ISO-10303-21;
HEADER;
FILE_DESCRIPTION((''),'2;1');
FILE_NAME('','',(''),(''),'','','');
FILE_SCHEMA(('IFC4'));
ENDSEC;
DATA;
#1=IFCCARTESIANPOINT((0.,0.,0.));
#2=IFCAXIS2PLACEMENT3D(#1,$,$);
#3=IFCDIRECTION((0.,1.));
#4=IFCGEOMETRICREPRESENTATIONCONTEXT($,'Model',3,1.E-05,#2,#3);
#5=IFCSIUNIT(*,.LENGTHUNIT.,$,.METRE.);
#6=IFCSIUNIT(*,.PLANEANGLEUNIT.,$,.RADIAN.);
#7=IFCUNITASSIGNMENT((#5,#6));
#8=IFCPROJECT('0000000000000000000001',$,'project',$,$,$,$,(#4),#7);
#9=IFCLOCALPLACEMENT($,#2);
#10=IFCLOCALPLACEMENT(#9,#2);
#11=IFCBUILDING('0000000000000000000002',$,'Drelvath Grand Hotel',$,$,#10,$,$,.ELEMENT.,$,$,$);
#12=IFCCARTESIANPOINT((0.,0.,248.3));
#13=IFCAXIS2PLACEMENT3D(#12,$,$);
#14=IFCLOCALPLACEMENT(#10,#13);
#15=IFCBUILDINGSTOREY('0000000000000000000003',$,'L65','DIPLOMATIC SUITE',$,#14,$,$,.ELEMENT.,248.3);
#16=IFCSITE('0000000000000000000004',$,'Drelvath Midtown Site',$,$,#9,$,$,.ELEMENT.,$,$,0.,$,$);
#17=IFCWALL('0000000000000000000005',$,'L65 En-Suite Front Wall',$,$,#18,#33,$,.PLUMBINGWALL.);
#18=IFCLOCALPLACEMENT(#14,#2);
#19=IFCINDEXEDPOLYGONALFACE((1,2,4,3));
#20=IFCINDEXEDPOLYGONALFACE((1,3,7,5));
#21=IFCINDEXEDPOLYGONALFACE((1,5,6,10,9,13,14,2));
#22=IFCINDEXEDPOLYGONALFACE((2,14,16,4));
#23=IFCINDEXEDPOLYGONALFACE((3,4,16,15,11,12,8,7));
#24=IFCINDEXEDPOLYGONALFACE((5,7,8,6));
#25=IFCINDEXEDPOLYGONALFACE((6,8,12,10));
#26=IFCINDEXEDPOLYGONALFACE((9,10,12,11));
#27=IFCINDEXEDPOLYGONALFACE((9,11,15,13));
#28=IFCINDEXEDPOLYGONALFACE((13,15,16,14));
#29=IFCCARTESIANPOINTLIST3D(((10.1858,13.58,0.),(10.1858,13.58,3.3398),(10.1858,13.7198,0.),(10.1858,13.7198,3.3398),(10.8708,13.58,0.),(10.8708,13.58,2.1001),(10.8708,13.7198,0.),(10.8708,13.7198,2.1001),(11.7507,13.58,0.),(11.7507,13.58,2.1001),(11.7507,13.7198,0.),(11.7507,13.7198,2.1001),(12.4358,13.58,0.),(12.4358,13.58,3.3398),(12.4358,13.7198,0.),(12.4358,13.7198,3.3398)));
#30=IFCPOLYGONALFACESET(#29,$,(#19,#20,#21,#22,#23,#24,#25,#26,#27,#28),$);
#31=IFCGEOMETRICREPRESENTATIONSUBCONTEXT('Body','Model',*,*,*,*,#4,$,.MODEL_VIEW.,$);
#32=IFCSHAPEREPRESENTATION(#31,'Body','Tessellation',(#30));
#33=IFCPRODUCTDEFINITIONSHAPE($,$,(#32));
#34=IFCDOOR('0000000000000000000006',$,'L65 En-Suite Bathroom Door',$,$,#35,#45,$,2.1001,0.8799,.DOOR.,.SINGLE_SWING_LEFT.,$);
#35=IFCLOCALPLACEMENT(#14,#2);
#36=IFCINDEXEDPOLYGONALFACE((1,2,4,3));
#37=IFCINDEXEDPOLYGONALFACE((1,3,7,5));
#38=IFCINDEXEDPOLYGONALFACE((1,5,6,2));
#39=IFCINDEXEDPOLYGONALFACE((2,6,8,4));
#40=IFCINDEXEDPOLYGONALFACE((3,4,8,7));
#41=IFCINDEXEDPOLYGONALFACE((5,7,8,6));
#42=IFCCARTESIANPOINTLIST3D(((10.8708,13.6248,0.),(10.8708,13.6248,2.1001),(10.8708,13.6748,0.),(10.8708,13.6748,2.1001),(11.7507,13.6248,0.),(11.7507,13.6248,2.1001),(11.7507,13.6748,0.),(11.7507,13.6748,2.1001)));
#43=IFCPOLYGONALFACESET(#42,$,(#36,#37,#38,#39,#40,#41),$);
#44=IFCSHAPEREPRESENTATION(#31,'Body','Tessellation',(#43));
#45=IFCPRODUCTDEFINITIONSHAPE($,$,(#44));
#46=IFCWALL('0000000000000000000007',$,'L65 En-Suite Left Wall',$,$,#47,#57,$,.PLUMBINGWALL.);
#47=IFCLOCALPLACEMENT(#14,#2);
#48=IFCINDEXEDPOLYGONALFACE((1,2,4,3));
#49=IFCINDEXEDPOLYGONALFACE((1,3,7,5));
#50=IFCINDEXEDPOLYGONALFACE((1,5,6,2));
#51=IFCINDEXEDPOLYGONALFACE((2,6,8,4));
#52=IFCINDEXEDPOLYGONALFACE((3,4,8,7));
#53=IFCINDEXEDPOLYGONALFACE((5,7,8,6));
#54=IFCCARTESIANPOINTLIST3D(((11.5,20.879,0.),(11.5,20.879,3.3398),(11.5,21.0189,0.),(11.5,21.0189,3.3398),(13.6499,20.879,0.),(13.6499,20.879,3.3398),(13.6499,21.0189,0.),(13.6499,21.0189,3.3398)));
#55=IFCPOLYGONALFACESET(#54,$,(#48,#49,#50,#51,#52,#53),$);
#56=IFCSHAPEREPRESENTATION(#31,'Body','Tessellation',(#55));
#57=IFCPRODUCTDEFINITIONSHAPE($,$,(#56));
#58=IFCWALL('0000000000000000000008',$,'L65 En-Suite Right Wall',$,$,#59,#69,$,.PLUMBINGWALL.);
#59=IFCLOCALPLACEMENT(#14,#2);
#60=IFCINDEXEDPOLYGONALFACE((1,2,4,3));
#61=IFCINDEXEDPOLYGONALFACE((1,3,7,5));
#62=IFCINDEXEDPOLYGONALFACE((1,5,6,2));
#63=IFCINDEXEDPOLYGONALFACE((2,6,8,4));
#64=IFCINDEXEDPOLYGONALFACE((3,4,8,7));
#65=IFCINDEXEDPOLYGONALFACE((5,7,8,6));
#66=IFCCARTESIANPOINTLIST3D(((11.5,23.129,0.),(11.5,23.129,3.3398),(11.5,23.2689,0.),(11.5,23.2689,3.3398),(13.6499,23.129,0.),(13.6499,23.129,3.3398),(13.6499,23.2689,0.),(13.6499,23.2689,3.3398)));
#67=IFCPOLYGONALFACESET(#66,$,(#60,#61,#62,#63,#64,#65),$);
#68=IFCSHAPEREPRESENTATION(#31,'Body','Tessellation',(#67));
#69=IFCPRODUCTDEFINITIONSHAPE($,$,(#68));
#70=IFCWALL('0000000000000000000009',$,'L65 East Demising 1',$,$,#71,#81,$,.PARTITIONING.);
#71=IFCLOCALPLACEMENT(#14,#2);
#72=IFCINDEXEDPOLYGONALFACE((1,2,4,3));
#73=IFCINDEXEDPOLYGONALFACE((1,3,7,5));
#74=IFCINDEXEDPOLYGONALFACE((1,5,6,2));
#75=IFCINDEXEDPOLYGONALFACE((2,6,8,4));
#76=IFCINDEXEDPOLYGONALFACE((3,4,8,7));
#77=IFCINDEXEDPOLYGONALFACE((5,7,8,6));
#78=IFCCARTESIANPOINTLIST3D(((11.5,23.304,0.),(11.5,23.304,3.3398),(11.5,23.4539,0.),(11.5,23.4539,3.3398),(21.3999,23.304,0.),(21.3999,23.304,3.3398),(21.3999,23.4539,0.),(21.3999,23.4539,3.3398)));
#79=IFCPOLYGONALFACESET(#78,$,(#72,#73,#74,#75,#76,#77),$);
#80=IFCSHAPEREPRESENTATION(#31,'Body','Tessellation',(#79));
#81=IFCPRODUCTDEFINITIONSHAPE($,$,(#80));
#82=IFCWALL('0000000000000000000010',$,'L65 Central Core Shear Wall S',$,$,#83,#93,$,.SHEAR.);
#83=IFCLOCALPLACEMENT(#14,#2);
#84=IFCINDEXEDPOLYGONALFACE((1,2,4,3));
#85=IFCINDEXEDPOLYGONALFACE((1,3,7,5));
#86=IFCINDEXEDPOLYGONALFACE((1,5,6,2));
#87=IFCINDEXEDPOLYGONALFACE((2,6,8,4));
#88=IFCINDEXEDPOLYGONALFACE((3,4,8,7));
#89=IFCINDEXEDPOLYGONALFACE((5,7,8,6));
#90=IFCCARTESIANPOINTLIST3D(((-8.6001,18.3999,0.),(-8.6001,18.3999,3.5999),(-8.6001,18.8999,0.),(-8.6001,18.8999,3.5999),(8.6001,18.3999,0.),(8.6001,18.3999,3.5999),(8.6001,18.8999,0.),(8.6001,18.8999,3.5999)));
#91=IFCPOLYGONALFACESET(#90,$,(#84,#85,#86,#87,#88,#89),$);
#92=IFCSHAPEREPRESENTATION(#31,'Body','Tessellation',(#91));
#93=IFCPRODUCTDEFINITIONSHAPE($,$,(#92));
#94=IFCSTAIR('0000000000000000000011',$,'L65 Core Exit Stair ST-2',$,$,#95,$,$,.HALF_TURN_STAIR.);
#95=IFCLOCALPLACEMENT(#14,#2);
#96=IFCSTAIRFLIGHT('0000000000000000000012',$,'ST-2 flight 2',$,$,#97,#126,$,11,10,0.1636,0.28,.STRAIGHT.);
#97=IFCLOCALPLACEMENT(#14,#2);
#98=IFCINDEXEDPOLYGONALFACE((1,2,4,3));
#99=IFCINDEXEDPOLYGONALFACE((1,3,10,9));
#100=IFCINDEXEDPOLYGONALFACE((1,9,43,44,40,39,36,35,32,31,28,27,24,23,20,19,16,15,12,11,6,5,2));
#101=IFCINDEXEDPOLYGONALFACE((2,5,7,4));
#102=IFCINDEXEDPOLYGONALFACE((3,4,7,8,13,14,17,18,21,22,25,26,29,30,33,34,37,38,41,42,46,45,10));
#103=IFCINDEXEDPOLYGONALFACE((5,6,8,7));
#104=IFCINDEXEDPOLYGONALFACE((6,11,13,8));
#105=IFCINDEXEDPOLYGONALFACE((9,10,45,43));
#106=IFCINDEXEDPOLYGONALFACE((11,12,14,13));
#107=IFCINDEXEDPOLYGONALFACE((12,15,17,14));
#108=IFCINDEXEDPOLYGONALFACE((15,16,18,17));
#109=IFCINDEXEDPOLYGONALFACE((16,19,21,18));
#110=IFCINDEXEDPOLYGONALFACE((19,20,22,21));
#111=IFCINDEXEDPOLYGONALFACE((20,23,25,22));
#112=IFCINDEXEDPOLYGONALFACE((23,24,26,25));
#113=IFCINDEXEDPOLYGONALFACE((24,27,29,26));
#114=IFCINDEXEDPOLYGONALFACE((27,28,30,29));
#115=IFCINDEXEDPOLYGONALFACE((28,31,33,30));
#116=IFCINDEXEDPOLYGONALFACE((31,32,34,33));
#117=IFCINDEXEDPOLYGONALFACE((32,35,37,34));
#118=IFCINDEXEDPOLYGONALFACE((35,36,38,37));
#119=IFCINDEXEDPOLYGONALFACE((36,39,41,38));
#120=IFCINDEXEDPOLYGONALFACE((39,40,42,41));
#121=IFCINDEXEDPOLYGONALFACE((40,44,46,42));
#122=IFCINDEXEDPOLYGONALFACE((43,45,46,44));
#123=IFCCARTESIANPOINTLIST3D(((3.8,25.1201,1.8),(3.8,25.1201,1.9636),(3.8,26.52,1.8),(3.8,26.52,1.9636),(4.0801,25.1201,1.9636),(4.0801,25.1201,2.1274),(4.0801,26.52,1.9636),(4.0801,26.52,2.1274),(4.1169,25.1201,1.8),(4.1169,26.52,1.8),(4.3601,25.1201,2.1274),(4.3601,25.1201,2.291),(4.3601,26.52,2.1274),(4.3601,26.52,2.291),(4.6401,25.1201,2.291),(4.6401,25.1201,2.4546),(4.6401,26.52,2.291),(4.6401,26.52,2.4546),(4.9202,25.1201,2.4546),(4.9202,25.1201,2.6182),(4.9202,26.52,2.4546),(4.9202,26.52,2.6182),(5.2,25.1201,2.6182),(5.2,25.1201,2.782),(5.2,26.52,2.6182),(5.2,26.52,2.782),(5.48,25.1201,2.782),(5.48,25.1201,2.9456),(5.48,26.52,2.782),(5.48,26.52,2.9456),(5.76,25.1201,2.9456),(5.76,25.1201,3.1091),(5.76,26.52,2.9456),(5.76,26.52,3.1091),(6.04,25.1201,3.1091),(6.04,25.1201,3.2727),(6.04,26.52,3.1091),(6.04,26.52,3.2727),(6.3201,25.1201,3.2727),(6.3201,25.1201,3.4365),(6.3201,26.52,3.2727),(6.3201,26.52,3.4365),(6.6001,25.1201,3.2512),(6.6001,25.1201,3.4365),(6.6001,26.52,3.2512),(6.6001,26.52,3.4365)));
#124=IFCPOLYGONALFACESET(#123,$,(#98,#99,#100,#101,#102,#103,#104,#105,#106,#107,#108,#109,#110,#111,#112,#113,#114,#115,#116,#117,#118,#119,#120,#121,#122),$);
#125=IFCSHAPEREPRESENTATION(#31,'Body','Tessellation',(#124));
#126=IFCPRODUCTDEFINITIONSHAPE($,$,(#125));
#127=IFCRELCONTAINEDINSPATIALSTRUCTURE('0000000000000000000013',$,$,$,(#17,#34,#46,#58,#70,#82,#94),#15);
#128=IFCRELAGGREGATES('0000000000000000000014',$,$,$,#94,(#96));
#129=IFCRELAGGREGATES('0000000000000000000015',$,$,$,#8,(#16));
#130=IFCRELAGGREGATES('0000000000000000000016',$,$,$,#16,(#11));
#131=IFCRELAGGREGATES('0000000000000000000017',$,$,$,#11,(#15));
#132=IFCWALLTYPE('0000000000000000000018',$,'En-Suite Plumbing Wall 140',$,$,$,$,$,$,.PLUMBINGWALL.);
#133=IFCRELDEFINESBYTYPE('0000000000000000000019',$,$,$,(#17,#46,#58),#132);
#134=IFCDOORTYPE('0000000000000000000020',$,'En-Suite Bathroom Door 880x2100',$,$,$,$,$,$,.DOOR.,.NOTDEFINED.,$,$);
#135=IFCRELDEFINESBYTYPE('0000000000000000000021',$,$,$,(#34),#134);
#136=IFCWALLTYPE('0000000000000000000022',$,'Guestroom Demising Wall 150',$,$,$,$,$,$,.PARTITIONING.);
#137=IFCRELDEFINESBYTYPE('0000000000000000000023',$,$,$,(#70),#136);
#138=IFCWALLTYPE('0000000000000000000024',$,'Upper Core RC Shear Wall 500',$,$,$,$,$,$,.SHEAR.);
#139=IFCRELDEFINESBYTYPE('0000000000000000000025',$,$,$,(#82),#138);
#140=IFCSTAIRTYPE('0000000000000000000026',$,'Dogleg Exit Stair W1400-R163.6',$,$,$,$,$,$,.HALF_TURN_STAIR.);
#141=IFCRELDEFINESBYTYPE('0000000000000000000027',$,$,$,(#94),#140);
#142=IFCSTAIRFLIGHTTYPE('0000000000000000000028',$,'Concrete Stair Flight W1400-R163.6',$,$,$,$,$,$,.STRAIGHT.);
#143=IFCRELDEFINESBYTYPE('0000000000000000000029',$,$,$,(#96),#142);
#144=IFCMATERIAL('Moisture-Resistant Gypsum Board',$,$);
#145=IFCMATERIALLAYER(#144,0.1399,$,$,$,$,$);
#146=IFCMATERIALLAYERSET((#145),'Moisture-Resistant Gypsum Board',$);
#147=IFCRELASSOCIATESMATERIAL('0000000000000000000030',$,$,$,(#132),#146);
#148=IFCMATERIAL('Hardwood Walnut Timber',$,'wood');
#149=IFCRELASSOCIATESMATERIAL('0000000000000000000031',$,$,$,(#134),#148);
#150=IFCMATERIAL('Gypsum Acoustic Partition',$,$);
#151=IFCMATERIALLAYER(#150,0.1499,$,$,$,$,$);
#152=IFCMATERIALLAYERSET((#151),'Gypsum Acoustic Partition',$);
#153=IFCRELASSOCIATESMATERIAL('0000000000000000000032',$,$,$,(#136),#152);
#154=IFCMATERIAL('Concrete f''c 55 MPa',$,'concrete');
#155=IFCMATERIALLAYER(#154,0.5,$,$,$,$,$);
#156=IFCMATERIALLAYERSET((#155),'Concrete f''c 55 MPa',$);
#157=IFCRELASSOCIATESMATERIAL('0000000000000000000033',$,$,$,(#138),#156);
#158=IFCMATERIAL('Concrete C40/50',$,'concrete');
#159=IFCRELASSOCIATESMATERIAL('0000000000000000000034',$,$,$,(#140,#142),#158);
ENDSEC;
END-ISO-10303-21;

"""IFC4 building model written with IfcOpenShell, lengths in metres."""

from ifc_helpers import new_model, si_unit, direction, frame, frame_2d, origin, place, context, subcontext, project, spatial, polyline, rectangle, outline, extrude, material, layer, layer_set, type_object, element, fill, aggregate, save


model = new_model("IFC4")

# Units and contexts
model_context = context("Model", 3, precision=1e-05, world=origin(), true_north=direction((0.0, 1.0)))
body_context = subcontext(model_context, "Body", "Model", "MODEL_VIEW")
ifc_project = project(units=[si_unit("LENGTHUNIT", "METRE"), si_unit("PLANEANGLEUNIT", "RADIAN")], contexts=[model_context])

# Site, building, storey
site_placement = place(None, origin())
site = spatial("IfcSite", under=ifc_project, at=site_placement, Name="Drelvath Midtown Site", CompositionType="ELEMENT", RefElevation=0.0)
building_placement = place(site_placement, origin())
building = spatial("IfcBuilding", under=site, at=building_placement, Name="Drelvath Grand Hotel", CompositionType="ELEMENT")
storey_placement = place(building_placement, frame((0.0, 0.0, 248.3)))
storey = spatial("IfcBuildingStorey", under=building, at=storey_placement, Name="L65", Description="DIPLOMATIC SUITE", CompositionType="ELEMENT", Elevation=248.3)

# Shared definitions
ifc_material_1 = material(Name="Concrete f'c 55 MPa", Category="concrete")

# Shared definitions
ifc_material_2 = material(Name="Concrete C40/50", Category="concrete")

# Shared definitions
ifc_material_3 = material(Name="Hardwood Walnut Timber", Category="wood")

# Shared definitions
ifc_material_4 = material(Name="Moisture-Resistant Gypsum Board")
ifc_layer_1 = layer(ifc_material_4, 0.1399)
ifc_layer_set_1 = layer_set([ifc_layer_1], Name="Moisture-Resistant Gypsum Board")
wall_type_1 = type_object("IfcWallType", Name="En-Suite Plumbing Wall 140", PredefinedType="PLUMBINGWALL", material=ifc_layer_set_1)

# Shared definitions
door_type_1 = type_object("IfcDoorType", Name="En-Suite Bathroom Door 880x2100", OperationType="NOTDEFINED", PredefinedType="DOOR", material=ifc_material_3)

# Wall, opening, door
wall_1_placement = place(storey_placement, frame((10.1858, 13.6499, 0.0), z_axis=(0.0, 0.0, 1.0), x_axis=(1.0, 0.0, 0.0)))
wall_1 = element("IfcWall", 1, at=wall_1_placement, inside=storey, type_object=wall_type_1, Name="L65 En-Suite Front Wall", PredefinedType="PLUMBINGWALL", context=body_context, shape_type="SweptSolid", body=[
    extrude(rectangle(XDim=2.25, YDim=0.1399, at=frame_2d((1.125, 0.0))), origin(), (0.0, 0.0, 1.0), 3.3398),
])
opening_1_placement = place(wall_1_placement, frame((0.6851, 0.0, 0.0)))
opening_1 = element("IfcOpeningElement", 2, at=opening_1_placement, cuts=wall_1, PredefinedType="OPENING", context=body_context, shape_type="SweptSolid", body=[
    extrude(rectangle(XDim=0.8799, YDim=2.1001, at=frame_2d((0.4399, 1.05))), frame((0.0, 0.0798, 0.0), z_axis=(0.0, -1.0, 0.0), x_axis=(1.0, 0.0, 0.0)), (0.0, 0.0, 1.0), 0.1599),
])
door_1_placement = place(opening_1_placement, origin())
door_1 = element("IfcDoor", 3, at=door_1_placement, inside=storey, type_object=door_type_1, Name="L65 En-Suite Bathroom Door", OperationType="SINGLE_SWING_LEFT", OverallHeight=2.1001, OverallWidth=0.8799, PredefinedType="DOOR", context=body_context, shape_type="SweptSolid", body=[
    extrude(rectangle(XDim=0.8799, YDim=2.1001, at=frame_2d((0.4399, 1.05))), frame((0.0, 0.0249, 0.0), z_axis=(0.0, -1.0, 0.0), x_axis=(1.0, 0.0, 0.0)), (0.0, 0.0, 1.0), 0.05),
])
fill(opening_1, door_1)

# Walls
for number, where, z_axis, x_axis, name in (
    (4, (11.5, 20.949, 0.0), (0.0, 0.0, 1.0), (1.0, 0.0, 0.0), "L65 En-Suite Left Wall"),
    (5, (11.5, 23.199, 0.0), (0.0, 0.0, 1.0), (1.0, 0.0, 0.0), "L65 En-Suite Right Wall"),
):
    element("IfcWall", number, at=place(storey_placement, frame(where, z_axis=z_axis, x_axis=x_axis)), inside=storey, type_object=wall_type_1, Name=name, PredefinedType="PLUMBINGWALL", context=body_context, shape_type="SweptSolid", body=[
        extrude(rectangle(XDim=2.1499, YDim=0.1399, at=frame_2d((1.075, 0.0))), origin(), (0.0, 0.0, 1.0), 3.3398),
    ])
ifc_material_5 = material(Name="Gypsum Acoustic Partition")
ifc_layer_2 = layer(ifc_material_5, 0.1499)
ifc_layer_set_2 = layer_set([ifc_layer_2], Name="Gypsum Acoustic Partition")
wall_type_2 = type_object("IfcWallType", Name="Guestroom Demising Wall 150", PredefinedType="PARTITIONING", material=ifc_layer_set_2)
wall_2_placement = place(storey_placement, frame((11.5, 23.3789, 0.0), z_axis=(0.0, 0.0, 1.0), x_axis=(1.0, 0.0, 0.0)))
element("IfcWall", 6, at=wall_2_placement, inside=storey, type_object=wall_type_2, Name="L65 East Demising 1", PredefinedType="PARTITIONING", context=body_context, shape_type="SweptSolid", body=[
    extrude(rectangle(XDim=9.8999, YDim=0.1499, at=frame_2d((4.95, 0.0))), origin(), (0.0, 0.0, 1.0), 3.3398),
])
ifc_layer_3 = layer(ifc_material_1, 0.5)
ifc_layer_set_3 = layer_set([ifc_layer_3], Name="Concrete f'c 55 MPa")
wall_type_3 = type_object("IfcWallType", Name="Upper Core RC Shear Wall 500", PredefinedType="SHEAR", material=ifc_layer_set_3)
wall_3_placement = place(storey_placement, frame((8.6001, 18.6499, 0.0), z_axis=(0.0, 0.0, 1.0), x_axis=(-1.0, 0.0, 0.0)))
element("IfcWall", 7, at=wall_3_placement, inside=storey, type_object=wall_type_3, Name="L65 Central Core Shear Wall S", PredefinedType="SHEAR", context=body_context, shape_type="SweptSolid", body=[
    extrude(rectangle(XDim=17.2002, YDim=0.5, at=frame_2d((8.6001, 0.0))), origin(), (0.0, 0.0, 1.0), 3.5999),
])

# Stair, stair flight
stair_type = type_object("IfcStairType", Name="Dogleg Exit Stair W1400-R163.6", PredefinedType="HALF_TURN_STAIR", material=ifc_material_2)
stair_placement = place(storey_placement, origin())
stair = element("IfcStair", 8, at=stair_placement, inside=storey, type_object=stair_type, Name="L65 Core Exit Stair ST-2", PredefinedType="HALF_TURN_STAIR")
stair_flight_type = type_object("IfcStairFlightType", Name="Concrete Stair Flight W1400-R163.6", PredefinedType="STRAIGHT", material=ifc_material_2)
stair_flight_placement = place(storey_placement, frame((3.8, 25.8201, 1.8), z_axis=(0.0, 0.0, 1.0), x_axis=(1.0, 0.0, 0.0)))
stair_flight = element("IfcStairFlight", 9, at=stair_flight_placement, type_object=stair_flight_type, Name="ST-2 flight 2", NumberOfRisers=11, NumberOfTreads=10, PredefinedType="STRAIGHT", RiserHeight=0.1636, TreadLength=0.28, context=body_context, shape_type="SweptSolid", body=[
    extrude(outline(polyline([(0.0, 0.0), (0.0, 0.1636), (0.28, 0.1636), (0.28, 0.3274), (0.5601, 0.3274), (0.5601, 0.491), (0.8401, 0.491), (0.8401, 0.6545), (1.1201, 0.6545), (1.1201, 0.8181), (1.3999, 0.8181), (1.3999, 0.9819), (1.6799, 0.9819), (1.6799, 1.1455), (1.96, 1.1455), (1.96, 1.3091), (2.24, 1.3091), (2.24, 1.4727), (2.52, 1.4727), (2.52, 1.6365), (2.8, 1.6365), (2.8, 1.8), (2.8, 1.4512), (0.3169, 0.0), (0.0, 0.0)])), frame((0.0, 0.7, 0.0), z_axis=(0.0, -1.0, 0.0), x_axis=(1.0, 0.0, 0.0)), (0.0, 0.0, 1.0), 1.3999),
])
aggregate(stair, [stair_flight])

save(model, "model.ifc")
